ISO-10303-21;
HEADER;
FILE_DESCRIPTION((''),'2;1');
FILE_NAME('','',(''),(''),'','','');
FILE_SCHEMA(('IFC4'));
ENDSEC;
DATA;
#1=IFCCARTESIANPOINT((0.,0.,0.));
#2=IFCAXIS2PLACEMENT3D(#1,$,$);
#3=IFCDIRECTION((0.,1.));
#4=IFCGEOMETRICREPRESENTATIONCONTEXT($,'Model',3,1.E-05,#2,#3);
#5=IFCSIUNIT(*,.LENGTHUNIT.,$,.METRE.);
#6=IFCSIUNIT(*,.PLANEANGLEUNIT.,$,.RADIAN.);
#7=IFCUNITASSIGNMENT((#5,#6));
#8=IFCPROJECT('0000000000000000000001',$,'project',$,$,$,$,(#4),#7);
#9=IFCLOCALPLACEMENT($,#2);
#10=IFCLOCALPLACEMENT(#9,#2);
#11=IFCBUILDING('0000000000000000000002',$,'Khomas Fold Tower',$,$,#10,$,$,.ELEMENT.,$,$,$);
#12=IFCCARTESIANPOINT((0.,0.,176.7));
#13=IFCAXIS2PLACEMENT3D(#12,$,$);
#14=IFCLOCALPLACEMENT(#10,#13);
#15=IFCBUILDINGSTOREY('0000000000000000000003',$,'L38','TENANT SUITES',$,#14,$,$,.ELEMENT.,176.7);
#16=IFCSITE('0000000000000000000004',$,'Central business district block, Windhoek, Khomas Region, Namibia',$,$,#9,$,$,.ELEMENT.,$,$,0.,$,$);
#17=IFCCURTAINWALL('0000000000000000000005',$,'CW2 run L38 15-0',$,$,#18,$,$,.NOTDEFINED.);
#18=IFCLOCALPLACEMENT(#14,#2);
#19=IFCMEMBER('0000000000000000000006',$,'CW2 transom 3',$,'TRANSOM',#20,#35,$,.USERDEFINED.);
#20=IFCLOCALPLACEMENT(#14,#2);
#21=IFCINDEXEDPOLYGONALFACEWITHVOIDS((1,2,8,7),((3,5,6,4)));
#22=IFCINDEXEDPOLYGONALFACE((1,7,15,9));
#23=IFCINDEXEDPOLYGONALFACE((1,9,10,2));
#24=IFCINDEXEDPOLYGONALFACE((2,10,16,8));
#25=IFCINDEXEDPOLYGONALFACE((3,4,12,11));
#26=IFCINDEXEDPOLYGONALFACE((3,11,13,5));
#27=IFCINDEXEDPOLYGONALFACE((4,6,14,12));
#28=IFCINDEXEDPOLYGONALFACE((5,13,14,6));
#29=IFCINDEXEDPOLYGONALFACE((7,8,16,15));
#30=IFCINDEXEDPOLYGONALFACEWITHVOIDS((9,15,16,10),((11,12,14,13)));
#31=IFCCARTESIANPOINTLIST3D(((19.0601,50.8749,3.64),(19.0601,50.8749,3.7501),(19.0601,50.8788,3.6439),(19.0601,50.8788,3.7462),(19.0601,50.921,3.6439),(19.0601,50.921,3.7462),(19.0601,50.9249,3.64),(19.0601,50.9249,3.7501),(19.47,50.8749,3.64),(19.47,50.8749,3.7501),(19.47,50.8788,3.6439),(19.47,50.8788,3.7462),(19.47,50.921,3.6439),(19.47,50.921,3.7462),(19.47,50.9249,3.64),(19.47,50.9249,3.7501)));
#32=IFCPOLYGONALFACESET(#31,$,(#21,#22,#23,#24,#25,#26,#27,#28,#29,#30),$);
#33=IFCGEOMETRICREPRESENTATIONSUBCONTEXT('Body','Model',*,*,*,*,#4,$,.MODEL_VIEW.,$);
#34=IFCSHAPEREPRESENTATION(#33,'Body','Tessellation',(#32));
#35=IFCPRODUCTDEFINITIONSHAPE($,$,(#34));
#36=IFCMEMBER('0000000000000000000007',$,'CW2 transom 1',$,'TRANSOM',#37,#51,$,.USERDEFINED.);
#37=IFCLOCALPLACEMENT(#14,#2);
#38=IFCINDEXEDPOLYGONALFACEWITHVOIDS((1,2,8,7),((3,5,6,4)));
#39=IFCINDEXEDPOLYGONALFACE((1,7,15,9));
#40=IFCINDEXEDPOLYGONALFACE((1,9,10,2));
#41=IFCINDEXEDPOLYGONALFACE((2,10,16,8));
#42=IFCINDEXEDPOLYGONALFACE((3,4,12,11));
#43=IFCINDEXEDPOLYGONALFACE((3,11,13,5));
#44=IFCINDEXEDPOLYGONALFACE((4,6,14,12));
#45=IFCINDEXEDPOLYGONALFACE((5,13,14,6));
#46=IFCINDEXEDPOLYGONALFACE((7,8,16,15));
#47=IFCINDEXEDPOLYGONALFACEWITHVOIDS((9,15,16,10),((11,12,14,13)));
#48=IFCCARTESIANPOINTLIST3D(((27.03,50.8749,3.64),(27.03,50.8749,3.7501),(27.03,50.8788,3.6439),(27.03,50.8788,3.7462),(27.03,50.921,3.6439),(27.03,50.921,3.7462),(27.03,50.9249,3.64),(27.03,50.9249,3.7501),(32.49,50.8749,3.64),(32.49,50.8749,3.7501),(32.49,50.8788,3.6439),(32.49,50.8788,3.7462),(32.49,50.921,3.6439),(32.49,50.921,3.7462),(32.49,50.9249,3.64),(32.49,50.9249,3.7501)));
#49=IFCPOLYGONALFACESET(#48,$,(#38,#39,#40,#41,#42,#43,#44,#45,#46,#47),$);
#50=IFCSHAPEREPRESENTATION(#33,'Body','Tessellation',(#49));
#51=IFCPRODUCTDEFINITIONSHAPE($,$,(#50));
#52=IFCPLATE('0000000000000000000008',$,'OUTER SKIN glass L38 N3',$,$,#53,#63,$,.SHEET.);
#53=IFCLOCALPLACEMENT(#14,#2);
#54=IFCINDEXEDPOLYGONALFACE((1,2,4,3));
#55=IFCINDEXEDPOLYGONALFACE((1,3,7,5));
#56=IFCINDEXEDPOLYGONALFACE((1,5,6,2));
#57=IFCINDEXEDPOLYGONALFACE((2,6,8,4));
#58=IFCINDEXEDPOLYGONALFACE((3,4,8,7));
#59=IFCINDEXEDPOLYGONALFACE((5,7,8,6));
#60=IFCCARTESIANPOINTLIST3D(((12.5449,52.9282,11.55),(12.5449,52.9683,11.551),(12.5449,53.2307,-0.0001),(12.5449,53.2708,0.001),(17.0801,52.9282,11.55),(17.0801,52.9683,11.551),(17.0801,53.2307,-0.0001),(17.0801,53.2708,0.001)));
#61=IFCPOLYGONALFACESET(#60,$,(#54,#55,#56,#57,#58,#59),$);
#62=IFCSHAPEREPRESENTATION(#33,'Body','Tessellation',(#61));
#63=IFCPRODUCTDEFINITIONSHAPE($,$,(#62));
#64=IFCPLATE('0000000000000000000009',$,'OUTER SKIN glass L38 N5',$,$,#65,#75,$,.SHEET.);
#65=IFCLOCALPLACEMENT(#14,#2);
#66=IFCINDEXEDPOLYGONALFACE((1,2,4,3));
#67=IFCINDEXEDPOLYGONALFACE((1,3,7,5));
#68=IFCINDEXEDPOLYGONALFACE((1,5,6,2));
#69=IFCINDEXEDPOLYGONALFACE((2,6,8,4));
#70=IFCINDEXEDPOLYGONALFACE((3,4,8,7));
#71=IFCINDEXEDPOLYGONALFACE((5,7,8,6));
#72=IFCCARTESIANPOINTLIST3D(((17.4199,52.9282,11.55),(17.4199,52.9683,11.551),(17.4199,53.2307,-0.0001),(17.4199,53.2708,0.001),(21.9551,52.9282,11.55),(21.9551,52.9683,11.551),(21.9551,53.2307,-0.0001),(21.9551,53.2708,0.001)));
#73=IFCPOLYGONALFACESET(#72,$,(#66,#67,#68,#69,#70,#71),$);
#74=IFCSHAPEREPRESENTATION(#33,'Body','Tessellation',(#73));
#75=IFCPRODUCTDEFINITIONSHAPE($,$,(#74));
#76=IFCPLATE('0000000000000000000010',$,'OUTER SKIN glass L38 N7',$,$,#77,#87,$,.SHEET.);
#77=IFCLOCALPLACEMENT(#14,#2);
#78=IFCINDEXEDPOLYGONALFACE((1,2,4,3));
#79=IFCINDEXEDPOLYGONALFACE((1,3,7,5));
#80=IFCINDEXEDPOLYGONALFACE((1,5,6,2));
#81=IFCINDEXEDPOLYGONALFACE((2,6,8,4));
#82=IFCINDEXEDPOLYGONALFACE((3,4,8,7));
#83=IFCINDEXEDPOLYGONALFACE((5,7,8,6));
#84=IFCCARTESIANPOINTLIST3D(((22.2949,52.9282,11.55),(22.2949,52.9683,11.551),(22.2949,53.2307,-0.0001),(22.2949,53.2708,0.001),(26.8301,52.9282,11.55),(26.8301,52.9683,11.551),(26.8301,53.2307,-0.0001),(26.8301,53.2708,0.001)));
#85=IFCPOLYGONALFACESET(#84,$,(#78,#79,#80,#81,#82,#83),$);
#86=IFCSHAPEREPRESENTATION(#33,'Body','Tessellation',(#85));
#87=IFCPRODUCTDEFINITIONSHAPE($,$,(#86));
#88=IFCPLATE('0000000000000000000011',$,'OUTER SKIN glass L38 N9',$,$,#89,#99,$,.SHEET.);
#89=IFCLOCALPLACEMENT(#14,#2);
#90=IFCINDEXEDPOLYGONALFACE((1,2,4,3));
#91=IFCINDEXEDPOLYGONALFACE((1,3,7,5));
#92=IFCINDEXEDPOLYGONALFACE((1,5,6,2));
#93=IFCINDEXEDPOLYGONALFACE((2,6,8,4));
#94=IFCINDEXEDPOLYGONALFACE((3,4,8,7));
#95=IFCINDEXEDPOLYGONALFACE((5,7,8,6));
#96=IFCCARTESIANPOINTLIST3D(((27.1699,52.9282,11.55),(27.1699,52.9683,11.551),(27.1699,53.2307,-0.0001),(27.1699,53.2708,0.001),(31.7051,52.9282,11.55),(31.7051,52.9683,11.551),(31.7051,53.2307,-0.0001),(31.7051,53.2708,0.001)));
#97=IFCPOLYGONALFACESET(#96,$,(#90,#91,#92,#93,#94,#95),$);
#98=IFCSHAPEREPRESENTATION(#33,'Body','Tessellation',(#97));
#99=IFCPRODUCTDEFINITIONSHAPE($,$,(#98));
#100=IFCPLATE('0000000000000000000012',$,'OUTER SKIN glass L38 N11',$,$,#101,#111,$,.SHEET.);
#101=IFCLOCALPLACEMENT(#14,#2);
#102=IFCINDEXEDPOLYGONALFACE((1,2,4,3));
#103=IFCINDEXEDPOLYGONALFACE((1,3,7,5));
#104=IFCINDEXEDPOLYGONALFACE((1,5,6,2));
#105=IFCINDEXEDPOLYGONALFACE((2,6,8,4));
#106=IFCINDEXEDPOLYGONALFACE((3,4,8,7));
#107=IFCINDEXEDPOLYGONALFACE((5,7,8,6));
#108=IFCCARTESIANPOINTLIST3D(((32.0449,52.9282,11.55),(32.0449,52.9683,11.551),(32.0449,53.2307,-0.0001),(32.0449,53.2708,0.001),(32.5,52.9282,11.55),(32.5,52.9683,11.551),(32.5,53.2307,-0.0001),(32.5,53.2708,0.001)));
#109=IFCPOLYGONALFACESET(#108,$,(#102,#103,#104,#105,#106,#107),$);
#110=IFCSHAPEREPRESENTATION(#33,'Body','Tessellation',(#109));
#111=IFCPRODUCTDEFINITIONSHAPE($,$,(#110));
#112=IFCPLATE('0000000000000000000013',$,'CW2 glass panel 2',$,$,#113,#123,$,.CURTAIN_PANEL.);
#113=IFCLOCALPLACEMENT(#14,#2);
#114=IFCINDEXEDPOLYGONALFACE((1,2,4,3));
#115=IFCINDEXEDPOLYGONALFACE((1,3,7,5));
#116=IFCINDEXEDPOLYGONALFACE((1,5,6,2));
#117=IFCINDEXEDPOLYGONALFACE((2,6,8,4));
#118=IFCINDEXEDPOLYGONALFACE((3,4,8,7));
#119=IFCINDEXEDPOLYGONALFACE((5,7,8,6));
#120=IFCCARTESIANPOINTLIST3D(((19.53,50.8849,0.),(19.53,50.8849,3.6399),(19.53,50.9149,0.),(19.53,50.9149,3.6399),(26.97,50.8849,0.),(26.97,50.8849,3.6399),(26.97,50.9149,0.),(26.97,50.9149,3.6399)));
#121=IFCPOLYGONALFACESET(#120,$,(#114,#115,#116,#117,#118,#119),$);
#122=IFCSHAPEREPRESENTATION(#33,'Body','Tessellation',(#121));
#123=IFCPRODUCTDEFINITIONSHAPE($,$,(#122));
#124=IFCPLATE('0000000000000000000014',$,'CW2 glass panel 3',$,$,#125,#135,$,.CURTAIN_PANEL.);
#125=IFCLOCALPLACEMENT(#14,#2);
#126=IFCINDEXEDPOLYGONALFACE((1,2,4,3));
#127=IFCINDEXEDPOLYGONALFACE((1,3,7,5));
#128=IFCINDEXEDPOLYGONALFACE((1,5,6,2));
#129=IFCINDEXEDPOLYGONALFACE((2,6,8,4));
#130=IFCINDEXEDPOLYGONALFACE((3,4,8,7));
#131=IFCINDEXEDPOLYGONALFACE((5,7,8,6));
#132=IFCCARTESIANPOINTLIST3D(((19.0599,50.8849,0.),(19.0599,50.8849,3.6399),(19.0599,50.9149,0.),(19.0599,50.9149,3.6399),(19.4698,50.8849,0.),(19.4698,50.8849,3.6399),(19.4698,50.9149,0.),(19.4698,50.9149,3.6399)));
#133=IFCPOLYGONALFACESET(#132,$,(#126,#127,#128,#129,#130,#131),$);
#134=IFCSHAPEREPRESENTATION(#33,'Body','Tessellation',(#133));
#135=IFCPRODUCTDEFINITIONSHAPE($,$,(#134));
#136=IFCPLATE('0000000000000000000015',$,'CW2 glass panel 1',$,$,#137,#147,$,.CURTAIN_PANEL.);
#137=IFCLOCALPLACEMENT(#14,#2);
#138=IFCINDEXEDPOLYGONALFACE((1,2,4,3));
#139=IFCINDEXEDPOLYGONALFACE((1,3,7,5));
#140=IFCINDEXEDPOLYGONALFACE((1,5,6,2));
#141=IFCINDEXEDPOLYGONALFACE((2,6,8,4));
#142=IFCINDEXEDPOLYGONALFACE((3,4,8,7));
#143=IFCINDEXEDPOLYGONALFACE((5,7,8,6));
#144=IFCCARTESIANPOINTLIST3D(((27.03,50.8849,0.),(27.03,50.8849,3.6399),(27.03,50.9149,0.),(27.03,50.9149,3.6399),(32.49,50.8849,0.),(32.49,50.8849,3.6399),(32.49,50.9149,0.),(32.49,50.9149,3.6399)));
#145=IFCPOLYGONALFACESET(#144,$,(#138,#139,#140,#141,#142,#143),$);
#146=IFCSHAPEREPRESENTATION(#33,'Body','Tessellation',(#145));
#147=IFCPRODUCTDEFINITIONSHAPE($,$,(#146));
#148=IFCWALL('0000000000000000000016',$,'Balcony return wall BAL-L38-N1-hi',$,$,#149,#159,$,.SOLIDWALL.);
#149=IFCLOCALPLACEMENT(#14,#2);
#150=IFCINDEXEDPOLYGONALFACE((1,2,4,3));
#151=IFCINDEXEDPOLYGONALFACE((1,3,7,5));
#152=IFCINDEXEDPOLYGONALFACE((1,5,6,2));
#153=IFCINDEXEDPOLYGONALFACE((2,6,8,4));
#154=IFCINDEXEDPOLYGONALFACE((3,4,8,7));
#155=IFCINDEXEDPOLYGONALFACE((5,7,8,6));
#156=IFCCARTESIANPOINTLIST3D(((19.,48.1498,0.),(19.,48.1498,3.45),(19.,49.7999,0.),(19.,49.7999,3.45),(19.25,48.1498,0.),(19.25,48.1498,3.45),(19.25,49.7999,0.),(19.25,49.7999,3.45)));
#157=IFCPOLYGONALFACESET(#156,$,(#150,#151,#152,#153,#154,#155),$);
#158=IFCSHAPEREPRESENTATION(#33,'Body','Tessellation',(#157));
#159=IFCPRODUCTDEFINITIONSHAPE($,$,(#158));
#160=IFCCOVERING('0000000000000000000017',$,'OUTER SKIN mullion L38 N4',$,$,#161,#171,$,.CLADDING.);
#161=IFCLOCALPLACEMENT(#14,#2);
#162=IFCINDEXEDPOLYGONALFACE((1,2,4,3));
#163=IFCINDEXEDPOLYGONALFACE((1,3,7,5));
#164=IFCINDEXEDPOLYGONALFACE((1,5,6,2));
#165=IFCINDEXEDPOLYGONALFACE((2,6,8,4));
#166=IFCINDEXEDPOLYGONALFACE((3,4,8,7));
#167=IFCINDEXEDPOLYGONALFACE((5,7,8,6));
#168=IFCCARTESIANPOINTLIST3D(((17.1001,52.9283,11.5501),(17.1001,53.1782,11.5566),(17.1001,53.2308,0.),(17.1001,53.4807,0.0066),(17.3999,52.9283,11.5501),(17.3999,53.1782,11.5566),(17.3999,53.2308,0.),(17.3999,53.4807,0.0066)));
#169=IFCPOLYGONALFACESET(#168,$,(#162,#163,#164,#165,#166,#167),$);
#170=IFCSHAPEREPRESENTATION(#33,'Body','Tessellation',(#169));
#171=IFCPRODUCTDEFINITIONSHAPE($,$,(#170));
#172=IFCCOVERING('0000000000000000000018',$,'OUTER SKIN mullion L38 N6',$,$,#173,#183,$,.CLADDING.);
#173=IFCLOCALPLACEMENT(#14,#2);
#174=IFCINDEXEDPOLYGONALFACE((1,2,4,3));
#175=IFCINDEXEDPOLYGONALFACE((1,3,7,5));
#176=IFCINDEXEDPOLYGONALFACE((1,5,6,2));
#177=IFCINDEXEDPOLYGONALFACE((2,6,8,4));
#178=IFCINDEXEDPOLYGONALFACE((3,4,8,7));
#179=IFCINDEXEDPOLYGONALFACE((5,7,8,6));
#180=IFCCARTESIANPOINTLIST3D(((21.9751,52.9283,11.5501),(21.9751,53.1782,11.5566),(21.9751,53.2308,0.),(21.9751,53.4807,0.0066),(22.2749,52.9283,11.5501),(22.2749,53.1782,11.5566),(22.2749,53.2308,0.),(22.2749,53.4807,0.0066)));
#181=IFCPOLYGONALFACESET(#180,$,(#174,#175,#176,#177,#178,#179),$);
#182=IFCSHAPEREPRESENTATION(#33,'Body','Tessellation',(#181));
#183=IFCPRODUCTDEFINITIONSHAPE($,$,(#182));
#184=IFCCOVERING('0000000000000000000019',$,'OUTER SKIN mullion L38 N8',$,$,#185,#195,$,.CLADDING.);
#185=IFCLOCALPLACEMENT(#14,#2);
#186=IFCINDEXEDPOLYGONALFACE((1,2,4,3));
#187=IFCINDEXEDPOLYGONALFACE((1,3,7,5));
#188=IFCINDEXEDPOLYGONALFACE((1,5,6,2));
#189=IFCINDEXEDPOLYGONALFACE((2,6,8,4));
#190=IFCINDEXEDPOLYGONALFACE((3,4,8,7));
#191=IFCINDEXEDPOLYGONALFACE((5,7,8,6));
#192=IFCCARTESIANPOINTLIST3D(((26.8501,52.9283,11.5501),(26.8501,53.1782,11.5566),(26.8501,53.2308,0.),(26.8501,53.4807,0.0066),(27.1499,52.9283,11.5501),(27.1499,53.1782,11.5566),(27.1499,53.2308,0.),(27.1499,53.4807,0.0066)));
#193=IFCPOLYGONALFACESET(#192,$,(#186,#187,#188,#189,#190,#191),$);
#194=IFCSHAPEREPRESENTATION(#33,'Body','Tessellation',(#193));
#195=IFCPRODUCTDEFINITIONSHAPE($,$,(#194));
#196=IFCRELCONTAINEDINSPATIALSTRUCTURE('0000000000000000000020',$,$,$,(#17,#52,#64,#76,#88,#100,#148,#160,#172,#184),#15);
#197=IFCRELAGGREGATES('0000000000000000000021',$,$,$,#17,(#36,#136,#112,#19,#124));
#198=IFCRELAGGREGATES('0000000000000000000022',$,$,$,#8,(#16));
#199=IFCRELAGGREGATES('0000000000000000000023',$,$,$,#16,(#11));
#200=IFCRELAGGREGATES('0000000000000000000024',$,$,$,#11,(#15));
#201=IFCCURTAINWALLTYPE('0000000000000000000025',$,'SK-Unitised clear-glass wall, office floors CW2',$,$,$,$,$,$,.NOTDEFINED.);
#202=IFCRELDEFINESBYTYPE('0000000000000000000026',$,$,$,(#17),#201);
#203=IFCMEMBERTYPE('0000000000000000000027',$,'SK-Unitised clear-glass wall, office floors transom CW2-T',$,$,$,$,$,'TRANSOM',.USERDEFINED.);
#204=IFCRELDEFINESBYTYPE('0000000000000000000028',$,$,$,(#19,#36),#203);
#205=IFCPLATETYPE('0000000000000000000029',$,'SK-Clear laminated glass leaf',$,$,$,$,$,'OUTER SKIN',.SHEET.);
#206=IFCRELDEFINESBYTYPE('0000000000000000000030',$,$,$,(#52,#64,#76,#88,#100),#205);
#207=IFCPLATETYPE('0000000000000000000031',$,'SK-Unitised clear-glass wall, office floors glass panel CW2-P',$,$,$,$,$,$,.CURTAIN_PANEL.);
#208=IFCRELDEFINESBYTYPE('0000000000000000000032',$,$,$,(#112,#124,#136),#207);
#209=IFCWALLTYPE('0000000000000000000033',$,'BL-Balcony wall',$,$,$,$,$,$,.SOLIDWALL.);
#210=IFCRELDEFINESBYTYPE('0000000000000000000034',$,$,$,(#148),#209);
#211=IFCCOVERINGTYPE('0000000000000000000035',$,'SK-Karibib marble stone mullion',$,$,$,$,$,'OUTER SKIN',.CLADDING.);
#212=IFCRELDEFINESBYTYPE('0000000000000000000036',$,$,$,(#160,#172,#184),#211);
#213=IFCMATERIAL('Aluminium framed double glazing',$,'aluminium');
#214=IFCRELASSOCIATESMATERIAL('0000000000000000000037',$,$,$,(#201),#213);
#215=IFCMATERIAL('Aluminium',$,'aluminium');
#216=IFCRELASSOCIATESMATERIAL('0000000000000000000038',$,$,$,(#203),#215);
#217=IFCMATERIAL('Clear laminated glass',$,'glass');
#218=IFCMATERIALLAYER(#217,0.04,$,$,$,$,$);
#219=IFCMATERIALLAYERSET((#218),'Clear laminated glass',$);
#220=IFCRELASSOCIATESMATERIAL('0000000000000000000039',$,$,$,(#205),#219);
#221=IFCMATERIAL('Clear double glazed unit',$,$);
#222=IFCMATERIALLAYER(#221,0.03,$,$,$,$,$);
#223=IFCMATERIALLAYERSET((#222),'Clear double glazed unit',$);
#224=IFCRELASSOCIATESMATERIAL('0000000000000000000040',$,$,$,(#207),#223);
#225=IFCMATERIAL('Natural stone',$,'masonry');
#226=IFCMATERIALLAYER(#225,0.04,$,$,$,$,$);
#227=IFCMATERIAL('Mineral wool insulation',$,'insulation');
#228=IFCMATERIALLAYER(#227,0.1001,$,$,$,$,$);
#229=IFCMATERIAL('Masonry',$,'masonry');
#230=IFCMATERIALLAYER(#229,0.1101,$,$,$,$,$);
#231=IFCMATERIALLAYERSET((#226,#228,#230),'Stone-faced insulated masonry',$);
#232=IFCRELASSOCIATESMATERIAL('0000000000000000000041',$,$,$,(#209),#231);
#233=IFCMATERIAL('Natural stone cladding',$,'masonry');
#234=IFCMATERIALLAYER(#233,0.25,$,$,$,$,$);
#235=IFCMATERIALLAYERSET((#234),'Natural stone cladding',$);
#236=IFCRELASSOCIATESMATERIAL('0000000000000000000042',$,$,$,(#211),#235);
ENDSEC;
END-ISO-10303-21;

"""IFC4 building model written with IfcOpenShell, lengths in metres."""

from ifc_helpers import new_model, si_unit, direction, frame, frame_2d, origin, origin_2d, place, context, subcontext, project, spatial, polyline, rectangle, hollow_rectangle, outline, extrude, source, transform, mapped, material, layer, layer_set, material_profile, profile_set, type_object, element, aggregate, save


model = new_model("IFC4")

# Units and contexts
model_context = context("Model", 3, precision=1e-05, world=origin(), true_north=direction((0.0, 1.0)))
body_context = subcontext(model_context, "Body", "Model", "MODEL_VIEW")
ifc_project = project(units=[si_unit("LENGTHUNIT", "METRE"), si_unit("PLANEANGLEUNIT", "RADIAN")], contexts=[model_context])

# Site, building, storey
site_placement = place(None, origin())
site = spatial("IfcSite", under=ifc_project, at=site_placement, Name="Central business district block, Windhoek, Khomas Region, Namibia", CompositionType="ELEMENT", RefElevation=0.0)
building_placement = place(site_placement, origin())
building = spatial("IfcBuilding", under=site, at=building_placement, Name="Khomas Fold Tower", CompositionType="ELEMENT")
storey_placement = place(building_placement, frame((0.0, 0.0, 176.7)))
storey = spatial("IfcBuildingStorey", under=building, at=storey_placement, Name="L38", Description="TENANT SUITES", CompositionType="ELEMENT", Elevation=176.7)

# Curtain wall, members
ifc_material_1 = material(Name="Aluminium framed double glazing", Category="aluminium")
curtain_wall_type = type_object("IfcCurtainWallType", Name="SK-Unitised clear-glass wall, office floors CW2", PredefinedType="NOTDEFINED", material=ifc_material_1)
curtain_wall_placement = place(storey_placement, origin())
curtain_wall = element("IfcCurtainWall", 1, at=curtain_wall_placement, inside=storey, type_object=curtain_wall_type, Name="CW2 run L38 15-0", PredefinedType="NOTDEFINED")
ifc_material_2 = material(Name="Aluminium", Category="aluminium")
ifc_material_profile_1 = material_profile(ifc_material_2, hollow_rectangle(XDim=0.05, YDim=0.1101, WallThickness=0.0039, at=origin_2d()), Name="SK-Unitised clear-glass wall, office floors transom CW2-T")
ifc_profile_set_1 = profile_set([ifc_material_profile_1], Name="Aluminium")
member_type_1 = type_object("IfcMemberType", Name="SK-Unitised clear-glass wall, office floors transom CW2-T", ElementType="TRANSOM", PredefinedType="USERDEFINED", material=ifc_profile_set_1)
shared_shape_1 = source(origin(), body_context, "Body", "SweptSolid", [
    extrude(hollow_rectangle(XDim=0.05, YDim=0.1101, WallThickness=0.0039, at=origin_2d()), origin(), (0.0, 0.0, 1.0), 0.4099),
])
member_1_placement = place(storey_placement, frame((19.47, 50.8999, 3.6951), z_axis=(-1.0, 0.0, 0.0), x_axis=(0.0, -1.0, 0.0)))
member_1 = element("IfcMember", 2, at=member_1_placement, type_object=member_type_1, Name="CW2 transom 3", ObjectType="TRANSOM", PredefinedType="USERDEFINED", context=body_context, shape_type="MappedRepresentation", body=[
    mapped(shared_shape_1, transform((0.0, 0.0, 0.0))),
])
shared_shape_2 = source(origin(), body_context, "Body", "SweptSolid", [
    extrude(hollow_rectangle(XDim=0.05, YDim=0.1101, WallThickness=0.0039, at=origin_2d()), origin(), (0.0, 0.0, 1.0), 5.46),
])
member_2_placement = place(storey_placement, frame((32.49, 50.8999, 3.6951), z_axis=(-1.0, 0.0, 0.0), x_axis=(0.0, -1.0, 0.0)))
member_2 = element("IfcMember", 3, at=member_2_placement, type_object=member_type_1, Name="CW2 transom 1", ObjectType="TRANSOM", PredefinedType="USERDEFINED", context=body_context, shape_type="MappedRepresentation", body=[
    mapped(shared_shape_2, transform((0.0, 0.0, 0.0))),
])

# Plates
ifc_material_3 = material(Name="Clear laminated glass", Category="glass")
ifc_layer_1 = layer(ifc_material_3, 0.04)
ifc_layer_set_1 = layer_set([ifc_layer_1], Name="Clear laminated glass")
plate_type_1 = type_object("IfcPlateType", Name="SK-Clear laminated glass leaf", ElementType="OUTER SKIN", PredefinedType="SHEET", material=ifc_layer_set_1)
for number, where, z_axis, x_axis, name in (
    (4, (12.5449, 53.2708, 0.001), (0.0, 0.999657, 0.026181), (1.0, 0.0, 0.0), "OUTER SKIN glass L38 N3"),
    (5, (17.4199, 53.2708, 0.001), (0.0, 0.999657, 0.026181), (1.0, 0.0, 0.0), "OUTER SKIN glass L38 N5"),
    (6, (22.2949, 53.2708, 0.001), (0.0, 0.999657, 0.026181), (1.0, 0.0, 0.0), "OUTER SKIN glass L38 N7"),
    (7, (27.1699, 53.2708, 0.001), (0.0, 0.999657, 0.026181), (1.0, 0.0, 0.0), "OUTER SKIN glass L38 N9"),
):
    element("IfcPlate", number, at=place(storey_placement, frame(where, z_axis=z_axis, x_axis=x_axis)), inside=storey, type_object=plate_type_1, Name=name, PredefinedType="SHEET", context=body_context, shape_type="SweptSolid", body=[
        extrude(outline(polyline([(0.0, 0.0), (4.5352, 0.0), (4.5352, -11.554), (0.0, -11.554), (0.0, 0.0)])), origin(), (0.0, 0.0, -1.0), 0.04),
    ])
plate_1_placement = place(storey_placement, frame((32.0449, 53.2708, 0.001), z_axis=(0.0, 0.999657, 0.026181), x_axis=(1.0, 0.0, 0.0)))
element("IfcPlate", 8, at=plate_1_placement, inside=storey, type_object=plate_type_1, Name="OUTER SKIN glass L38 N11", PredefinedType="SHEET", context=body_context, shape_type="SweptSolid", body=[
    extrude(outline(polyline([(0.0, 0.0), (0.4551, 0.0), (0.4551, -11.554), (0.0, -11.554), (0.0, 0.0)])), origin(), (0.0, 0.0, -1.0), 0.04),
])

# Plates
ifc_material_4 = material(Name="Clear double glazed unit")
ifc_layer_2 = layer(ifc_material_4, 0.03)
ifc_layer_set_2 = layer_set([ifc_layer_2], Name="Clear double glazed unit")
plate_type_2 = type_object("IfcPlateType", Name="SK-Unitised clear-glass wall, office floors glass panel CW2-P", PredefinedType="CURTAIN_PANEL", material=ifc_layer_set_2)
shared_shape_3 = source(origin(), body_context, "Body", "SweptSolid", [
    extrude(rectangle(XDim=7.4399, YDim=0.03, at=origin_2d()), origin(), (0.0, 0.0, 1.0), 3.6399),
])
plate_2_placement = place(storey_placement, frame((23.25, 50.8999, 0.0), z_axis=(0.0, 0.0, 1.0), x_axis=(-1.0, 0.0, 0.0)))
plate_2 = element("IfcPlate", 9, at=plate_2_placement, type_object=plate_type_2, Name="CW2 glass panel 2", PredefinedType="CURTAIN_PANEL", context=body_context, shape_type="MappedRepresentation", body=[
    mapped(shared_shape_3, transform((0.0, 0.0, 0.0))),
])
shared_shape_4 = source(origin(), body_context, "Body", "SweptSolid", [
    extrude(rectangle(XDim=0.4099, YDim=0.03, at=origin_2d()), origin(), (0.0, 0.0, 1.0), 3.6399),
])
plate_3_placement = place(storey_placement, frame((19.2649, 50.8999, 0.0), z_axis=(0.0, 0.0, 1.0), x_axis=(-1.0, 0.0, 0.0)))
plate_3 = element("IfcPlate", 10, at=plate_3_placement, type_object=plate_type_2, Name="CW2 glass panel 3", PredefinedType="CURTAIN_PANEL", context=body_context, shape_type="MappedRepresentation", body=[
    mapped(shared_shape_4, transform((0.0, 0.0, 0.0))),
])
shared_shape_5 = source(origin(), body_context, "Body", "SweptSolid", [
    extrude(rectangle(XDim=5.46, YDim=0.03, at=origin_2d()), origin(), (0.0, 0.0, 1.0), 3.6399),
])
plate_4_placement = place(storey_placement, frame((29.76, 50.8999, 0.0), z_axis=(0.0, 0.0, 1.0), x_axis=(-1.0, 0.0, 0.0)))
plate_4 = element("IfcPlate", 11, at=plate_4_placement, type_object=plate_type_2, Name="CW2 glass panel 1", PredefinedType="CURTAIN_PANEL", context=body_context, shape_type="MappedRepresentation", body=[
    mapped(shared_shape_5, transform((0.0, 0.0, 0.0))),
])
aggregate(curtain_wall, [member_2, plate_4, plate_2, member_1, plate_3])

# Wall
ifc_material_5 = material(Name="Natural stone", Category="masonry")
ifc_layer_3 = layer(ifc_material_5, 0.04)
ifc_material_6 = material(Name="Mineral wool insulation", Category="insulation")
ifc_layer_4 = layer(ifc_material_6, 0.1001)
ifc_material_7 = material(Name="Masonry", Category="masonry")
ifc_layer_5 = layer(ifc_material_7, 0.1101)
ifc_layer_set_3 = layer_set([ifc_layer_3, ifc_layer_4, ifc_layer_5], Name="Stone-faced insulated masonry")
wall_type = type_object("IfcWallType", Name="BL-Balcony wall", PredefinedType="SOLIDWALL", material=ifc_layer_set_3)
shared_shape_6 = source(origin(), body_context, "Body", "SweptSolid", [
    extrude(rectangle(XDim=1.6501, YDim=0.25, at=frame_2d((0.8252, 0.0))), origin(), (0.0, 0.0, 1.0), 3.45),
])
wall_placement = place(storey_placement, frame((19.125, 49.8, 0.0), z_axis=(0.0, 0.0, 1.0), x_axis=(0.0, -1.0, 0.0)))
element("IfcWall", 12, at=wall_placement, inside=storey, type_object=wall_type, Name="Balcony return wall BAL-L38-N1-hi", PredefinedType="SOLIDWALL", context=body_context, shape_type="MappedRepresentation", body=[
    mapped(shared_shape_6, transform((0.0, 0.0, 0.0))),
])

# Coverings
ifc_material_8 = material(Name="Natural stone cladding", Category="masonry")
ifc_layer_6 = layer(ifc_material_8, 0.25)
ifc_layer_set_4 = layer_set([ifc_layer_6], Name="Natural stone cladding")
covering_type = type_object("IfcCoveringType", Name="SK-Karibib marble stone mullion", ElementType="OUTER SKIN", PredefinedType="CLADDING", material=ifc_layer_set_4)
for number, where, z_axis, x_axis, name in (
    (13, (17.1001, 53.4807, 0.0066), (0.0, 0.999657, 0.026181), (1.0, 0.0, 0.0), "OUTER SKIN mullion L38 N4"),
    (14, (21.9751, 53.4807, 0.0066), (0.0, 0.999657, 0.026181), (1.0, 0.0, 0.0), "OUTER SKIN mullion L38 N6"),
    (15, (26.8501, 53.4807, 0.0066), (0.0, 0.999657, 0.026181), (1.0, 0.0, 0.0), "OUTER SKIN mullion L38 N8"),
):
    element("IfcCovering", number, at=place(storey_placement, frame(where, z_axis=z_axis, x_axis=x_axis)), inside=storey, type_object=covering_type, Name=name, PredefinedType="CLADDING", context=body_context, shape_type="SweptSolid", body=[
        extrude(outline(polyline([(0.0, 0.0), (0.2998, 0.0), (0.2998, -11.554), (0.0, -11.554), (0.0, 0.0)])), origin(), (0.0, 0.0, -1.0), 0.25),
    ])

save(model, "model.ifc")
